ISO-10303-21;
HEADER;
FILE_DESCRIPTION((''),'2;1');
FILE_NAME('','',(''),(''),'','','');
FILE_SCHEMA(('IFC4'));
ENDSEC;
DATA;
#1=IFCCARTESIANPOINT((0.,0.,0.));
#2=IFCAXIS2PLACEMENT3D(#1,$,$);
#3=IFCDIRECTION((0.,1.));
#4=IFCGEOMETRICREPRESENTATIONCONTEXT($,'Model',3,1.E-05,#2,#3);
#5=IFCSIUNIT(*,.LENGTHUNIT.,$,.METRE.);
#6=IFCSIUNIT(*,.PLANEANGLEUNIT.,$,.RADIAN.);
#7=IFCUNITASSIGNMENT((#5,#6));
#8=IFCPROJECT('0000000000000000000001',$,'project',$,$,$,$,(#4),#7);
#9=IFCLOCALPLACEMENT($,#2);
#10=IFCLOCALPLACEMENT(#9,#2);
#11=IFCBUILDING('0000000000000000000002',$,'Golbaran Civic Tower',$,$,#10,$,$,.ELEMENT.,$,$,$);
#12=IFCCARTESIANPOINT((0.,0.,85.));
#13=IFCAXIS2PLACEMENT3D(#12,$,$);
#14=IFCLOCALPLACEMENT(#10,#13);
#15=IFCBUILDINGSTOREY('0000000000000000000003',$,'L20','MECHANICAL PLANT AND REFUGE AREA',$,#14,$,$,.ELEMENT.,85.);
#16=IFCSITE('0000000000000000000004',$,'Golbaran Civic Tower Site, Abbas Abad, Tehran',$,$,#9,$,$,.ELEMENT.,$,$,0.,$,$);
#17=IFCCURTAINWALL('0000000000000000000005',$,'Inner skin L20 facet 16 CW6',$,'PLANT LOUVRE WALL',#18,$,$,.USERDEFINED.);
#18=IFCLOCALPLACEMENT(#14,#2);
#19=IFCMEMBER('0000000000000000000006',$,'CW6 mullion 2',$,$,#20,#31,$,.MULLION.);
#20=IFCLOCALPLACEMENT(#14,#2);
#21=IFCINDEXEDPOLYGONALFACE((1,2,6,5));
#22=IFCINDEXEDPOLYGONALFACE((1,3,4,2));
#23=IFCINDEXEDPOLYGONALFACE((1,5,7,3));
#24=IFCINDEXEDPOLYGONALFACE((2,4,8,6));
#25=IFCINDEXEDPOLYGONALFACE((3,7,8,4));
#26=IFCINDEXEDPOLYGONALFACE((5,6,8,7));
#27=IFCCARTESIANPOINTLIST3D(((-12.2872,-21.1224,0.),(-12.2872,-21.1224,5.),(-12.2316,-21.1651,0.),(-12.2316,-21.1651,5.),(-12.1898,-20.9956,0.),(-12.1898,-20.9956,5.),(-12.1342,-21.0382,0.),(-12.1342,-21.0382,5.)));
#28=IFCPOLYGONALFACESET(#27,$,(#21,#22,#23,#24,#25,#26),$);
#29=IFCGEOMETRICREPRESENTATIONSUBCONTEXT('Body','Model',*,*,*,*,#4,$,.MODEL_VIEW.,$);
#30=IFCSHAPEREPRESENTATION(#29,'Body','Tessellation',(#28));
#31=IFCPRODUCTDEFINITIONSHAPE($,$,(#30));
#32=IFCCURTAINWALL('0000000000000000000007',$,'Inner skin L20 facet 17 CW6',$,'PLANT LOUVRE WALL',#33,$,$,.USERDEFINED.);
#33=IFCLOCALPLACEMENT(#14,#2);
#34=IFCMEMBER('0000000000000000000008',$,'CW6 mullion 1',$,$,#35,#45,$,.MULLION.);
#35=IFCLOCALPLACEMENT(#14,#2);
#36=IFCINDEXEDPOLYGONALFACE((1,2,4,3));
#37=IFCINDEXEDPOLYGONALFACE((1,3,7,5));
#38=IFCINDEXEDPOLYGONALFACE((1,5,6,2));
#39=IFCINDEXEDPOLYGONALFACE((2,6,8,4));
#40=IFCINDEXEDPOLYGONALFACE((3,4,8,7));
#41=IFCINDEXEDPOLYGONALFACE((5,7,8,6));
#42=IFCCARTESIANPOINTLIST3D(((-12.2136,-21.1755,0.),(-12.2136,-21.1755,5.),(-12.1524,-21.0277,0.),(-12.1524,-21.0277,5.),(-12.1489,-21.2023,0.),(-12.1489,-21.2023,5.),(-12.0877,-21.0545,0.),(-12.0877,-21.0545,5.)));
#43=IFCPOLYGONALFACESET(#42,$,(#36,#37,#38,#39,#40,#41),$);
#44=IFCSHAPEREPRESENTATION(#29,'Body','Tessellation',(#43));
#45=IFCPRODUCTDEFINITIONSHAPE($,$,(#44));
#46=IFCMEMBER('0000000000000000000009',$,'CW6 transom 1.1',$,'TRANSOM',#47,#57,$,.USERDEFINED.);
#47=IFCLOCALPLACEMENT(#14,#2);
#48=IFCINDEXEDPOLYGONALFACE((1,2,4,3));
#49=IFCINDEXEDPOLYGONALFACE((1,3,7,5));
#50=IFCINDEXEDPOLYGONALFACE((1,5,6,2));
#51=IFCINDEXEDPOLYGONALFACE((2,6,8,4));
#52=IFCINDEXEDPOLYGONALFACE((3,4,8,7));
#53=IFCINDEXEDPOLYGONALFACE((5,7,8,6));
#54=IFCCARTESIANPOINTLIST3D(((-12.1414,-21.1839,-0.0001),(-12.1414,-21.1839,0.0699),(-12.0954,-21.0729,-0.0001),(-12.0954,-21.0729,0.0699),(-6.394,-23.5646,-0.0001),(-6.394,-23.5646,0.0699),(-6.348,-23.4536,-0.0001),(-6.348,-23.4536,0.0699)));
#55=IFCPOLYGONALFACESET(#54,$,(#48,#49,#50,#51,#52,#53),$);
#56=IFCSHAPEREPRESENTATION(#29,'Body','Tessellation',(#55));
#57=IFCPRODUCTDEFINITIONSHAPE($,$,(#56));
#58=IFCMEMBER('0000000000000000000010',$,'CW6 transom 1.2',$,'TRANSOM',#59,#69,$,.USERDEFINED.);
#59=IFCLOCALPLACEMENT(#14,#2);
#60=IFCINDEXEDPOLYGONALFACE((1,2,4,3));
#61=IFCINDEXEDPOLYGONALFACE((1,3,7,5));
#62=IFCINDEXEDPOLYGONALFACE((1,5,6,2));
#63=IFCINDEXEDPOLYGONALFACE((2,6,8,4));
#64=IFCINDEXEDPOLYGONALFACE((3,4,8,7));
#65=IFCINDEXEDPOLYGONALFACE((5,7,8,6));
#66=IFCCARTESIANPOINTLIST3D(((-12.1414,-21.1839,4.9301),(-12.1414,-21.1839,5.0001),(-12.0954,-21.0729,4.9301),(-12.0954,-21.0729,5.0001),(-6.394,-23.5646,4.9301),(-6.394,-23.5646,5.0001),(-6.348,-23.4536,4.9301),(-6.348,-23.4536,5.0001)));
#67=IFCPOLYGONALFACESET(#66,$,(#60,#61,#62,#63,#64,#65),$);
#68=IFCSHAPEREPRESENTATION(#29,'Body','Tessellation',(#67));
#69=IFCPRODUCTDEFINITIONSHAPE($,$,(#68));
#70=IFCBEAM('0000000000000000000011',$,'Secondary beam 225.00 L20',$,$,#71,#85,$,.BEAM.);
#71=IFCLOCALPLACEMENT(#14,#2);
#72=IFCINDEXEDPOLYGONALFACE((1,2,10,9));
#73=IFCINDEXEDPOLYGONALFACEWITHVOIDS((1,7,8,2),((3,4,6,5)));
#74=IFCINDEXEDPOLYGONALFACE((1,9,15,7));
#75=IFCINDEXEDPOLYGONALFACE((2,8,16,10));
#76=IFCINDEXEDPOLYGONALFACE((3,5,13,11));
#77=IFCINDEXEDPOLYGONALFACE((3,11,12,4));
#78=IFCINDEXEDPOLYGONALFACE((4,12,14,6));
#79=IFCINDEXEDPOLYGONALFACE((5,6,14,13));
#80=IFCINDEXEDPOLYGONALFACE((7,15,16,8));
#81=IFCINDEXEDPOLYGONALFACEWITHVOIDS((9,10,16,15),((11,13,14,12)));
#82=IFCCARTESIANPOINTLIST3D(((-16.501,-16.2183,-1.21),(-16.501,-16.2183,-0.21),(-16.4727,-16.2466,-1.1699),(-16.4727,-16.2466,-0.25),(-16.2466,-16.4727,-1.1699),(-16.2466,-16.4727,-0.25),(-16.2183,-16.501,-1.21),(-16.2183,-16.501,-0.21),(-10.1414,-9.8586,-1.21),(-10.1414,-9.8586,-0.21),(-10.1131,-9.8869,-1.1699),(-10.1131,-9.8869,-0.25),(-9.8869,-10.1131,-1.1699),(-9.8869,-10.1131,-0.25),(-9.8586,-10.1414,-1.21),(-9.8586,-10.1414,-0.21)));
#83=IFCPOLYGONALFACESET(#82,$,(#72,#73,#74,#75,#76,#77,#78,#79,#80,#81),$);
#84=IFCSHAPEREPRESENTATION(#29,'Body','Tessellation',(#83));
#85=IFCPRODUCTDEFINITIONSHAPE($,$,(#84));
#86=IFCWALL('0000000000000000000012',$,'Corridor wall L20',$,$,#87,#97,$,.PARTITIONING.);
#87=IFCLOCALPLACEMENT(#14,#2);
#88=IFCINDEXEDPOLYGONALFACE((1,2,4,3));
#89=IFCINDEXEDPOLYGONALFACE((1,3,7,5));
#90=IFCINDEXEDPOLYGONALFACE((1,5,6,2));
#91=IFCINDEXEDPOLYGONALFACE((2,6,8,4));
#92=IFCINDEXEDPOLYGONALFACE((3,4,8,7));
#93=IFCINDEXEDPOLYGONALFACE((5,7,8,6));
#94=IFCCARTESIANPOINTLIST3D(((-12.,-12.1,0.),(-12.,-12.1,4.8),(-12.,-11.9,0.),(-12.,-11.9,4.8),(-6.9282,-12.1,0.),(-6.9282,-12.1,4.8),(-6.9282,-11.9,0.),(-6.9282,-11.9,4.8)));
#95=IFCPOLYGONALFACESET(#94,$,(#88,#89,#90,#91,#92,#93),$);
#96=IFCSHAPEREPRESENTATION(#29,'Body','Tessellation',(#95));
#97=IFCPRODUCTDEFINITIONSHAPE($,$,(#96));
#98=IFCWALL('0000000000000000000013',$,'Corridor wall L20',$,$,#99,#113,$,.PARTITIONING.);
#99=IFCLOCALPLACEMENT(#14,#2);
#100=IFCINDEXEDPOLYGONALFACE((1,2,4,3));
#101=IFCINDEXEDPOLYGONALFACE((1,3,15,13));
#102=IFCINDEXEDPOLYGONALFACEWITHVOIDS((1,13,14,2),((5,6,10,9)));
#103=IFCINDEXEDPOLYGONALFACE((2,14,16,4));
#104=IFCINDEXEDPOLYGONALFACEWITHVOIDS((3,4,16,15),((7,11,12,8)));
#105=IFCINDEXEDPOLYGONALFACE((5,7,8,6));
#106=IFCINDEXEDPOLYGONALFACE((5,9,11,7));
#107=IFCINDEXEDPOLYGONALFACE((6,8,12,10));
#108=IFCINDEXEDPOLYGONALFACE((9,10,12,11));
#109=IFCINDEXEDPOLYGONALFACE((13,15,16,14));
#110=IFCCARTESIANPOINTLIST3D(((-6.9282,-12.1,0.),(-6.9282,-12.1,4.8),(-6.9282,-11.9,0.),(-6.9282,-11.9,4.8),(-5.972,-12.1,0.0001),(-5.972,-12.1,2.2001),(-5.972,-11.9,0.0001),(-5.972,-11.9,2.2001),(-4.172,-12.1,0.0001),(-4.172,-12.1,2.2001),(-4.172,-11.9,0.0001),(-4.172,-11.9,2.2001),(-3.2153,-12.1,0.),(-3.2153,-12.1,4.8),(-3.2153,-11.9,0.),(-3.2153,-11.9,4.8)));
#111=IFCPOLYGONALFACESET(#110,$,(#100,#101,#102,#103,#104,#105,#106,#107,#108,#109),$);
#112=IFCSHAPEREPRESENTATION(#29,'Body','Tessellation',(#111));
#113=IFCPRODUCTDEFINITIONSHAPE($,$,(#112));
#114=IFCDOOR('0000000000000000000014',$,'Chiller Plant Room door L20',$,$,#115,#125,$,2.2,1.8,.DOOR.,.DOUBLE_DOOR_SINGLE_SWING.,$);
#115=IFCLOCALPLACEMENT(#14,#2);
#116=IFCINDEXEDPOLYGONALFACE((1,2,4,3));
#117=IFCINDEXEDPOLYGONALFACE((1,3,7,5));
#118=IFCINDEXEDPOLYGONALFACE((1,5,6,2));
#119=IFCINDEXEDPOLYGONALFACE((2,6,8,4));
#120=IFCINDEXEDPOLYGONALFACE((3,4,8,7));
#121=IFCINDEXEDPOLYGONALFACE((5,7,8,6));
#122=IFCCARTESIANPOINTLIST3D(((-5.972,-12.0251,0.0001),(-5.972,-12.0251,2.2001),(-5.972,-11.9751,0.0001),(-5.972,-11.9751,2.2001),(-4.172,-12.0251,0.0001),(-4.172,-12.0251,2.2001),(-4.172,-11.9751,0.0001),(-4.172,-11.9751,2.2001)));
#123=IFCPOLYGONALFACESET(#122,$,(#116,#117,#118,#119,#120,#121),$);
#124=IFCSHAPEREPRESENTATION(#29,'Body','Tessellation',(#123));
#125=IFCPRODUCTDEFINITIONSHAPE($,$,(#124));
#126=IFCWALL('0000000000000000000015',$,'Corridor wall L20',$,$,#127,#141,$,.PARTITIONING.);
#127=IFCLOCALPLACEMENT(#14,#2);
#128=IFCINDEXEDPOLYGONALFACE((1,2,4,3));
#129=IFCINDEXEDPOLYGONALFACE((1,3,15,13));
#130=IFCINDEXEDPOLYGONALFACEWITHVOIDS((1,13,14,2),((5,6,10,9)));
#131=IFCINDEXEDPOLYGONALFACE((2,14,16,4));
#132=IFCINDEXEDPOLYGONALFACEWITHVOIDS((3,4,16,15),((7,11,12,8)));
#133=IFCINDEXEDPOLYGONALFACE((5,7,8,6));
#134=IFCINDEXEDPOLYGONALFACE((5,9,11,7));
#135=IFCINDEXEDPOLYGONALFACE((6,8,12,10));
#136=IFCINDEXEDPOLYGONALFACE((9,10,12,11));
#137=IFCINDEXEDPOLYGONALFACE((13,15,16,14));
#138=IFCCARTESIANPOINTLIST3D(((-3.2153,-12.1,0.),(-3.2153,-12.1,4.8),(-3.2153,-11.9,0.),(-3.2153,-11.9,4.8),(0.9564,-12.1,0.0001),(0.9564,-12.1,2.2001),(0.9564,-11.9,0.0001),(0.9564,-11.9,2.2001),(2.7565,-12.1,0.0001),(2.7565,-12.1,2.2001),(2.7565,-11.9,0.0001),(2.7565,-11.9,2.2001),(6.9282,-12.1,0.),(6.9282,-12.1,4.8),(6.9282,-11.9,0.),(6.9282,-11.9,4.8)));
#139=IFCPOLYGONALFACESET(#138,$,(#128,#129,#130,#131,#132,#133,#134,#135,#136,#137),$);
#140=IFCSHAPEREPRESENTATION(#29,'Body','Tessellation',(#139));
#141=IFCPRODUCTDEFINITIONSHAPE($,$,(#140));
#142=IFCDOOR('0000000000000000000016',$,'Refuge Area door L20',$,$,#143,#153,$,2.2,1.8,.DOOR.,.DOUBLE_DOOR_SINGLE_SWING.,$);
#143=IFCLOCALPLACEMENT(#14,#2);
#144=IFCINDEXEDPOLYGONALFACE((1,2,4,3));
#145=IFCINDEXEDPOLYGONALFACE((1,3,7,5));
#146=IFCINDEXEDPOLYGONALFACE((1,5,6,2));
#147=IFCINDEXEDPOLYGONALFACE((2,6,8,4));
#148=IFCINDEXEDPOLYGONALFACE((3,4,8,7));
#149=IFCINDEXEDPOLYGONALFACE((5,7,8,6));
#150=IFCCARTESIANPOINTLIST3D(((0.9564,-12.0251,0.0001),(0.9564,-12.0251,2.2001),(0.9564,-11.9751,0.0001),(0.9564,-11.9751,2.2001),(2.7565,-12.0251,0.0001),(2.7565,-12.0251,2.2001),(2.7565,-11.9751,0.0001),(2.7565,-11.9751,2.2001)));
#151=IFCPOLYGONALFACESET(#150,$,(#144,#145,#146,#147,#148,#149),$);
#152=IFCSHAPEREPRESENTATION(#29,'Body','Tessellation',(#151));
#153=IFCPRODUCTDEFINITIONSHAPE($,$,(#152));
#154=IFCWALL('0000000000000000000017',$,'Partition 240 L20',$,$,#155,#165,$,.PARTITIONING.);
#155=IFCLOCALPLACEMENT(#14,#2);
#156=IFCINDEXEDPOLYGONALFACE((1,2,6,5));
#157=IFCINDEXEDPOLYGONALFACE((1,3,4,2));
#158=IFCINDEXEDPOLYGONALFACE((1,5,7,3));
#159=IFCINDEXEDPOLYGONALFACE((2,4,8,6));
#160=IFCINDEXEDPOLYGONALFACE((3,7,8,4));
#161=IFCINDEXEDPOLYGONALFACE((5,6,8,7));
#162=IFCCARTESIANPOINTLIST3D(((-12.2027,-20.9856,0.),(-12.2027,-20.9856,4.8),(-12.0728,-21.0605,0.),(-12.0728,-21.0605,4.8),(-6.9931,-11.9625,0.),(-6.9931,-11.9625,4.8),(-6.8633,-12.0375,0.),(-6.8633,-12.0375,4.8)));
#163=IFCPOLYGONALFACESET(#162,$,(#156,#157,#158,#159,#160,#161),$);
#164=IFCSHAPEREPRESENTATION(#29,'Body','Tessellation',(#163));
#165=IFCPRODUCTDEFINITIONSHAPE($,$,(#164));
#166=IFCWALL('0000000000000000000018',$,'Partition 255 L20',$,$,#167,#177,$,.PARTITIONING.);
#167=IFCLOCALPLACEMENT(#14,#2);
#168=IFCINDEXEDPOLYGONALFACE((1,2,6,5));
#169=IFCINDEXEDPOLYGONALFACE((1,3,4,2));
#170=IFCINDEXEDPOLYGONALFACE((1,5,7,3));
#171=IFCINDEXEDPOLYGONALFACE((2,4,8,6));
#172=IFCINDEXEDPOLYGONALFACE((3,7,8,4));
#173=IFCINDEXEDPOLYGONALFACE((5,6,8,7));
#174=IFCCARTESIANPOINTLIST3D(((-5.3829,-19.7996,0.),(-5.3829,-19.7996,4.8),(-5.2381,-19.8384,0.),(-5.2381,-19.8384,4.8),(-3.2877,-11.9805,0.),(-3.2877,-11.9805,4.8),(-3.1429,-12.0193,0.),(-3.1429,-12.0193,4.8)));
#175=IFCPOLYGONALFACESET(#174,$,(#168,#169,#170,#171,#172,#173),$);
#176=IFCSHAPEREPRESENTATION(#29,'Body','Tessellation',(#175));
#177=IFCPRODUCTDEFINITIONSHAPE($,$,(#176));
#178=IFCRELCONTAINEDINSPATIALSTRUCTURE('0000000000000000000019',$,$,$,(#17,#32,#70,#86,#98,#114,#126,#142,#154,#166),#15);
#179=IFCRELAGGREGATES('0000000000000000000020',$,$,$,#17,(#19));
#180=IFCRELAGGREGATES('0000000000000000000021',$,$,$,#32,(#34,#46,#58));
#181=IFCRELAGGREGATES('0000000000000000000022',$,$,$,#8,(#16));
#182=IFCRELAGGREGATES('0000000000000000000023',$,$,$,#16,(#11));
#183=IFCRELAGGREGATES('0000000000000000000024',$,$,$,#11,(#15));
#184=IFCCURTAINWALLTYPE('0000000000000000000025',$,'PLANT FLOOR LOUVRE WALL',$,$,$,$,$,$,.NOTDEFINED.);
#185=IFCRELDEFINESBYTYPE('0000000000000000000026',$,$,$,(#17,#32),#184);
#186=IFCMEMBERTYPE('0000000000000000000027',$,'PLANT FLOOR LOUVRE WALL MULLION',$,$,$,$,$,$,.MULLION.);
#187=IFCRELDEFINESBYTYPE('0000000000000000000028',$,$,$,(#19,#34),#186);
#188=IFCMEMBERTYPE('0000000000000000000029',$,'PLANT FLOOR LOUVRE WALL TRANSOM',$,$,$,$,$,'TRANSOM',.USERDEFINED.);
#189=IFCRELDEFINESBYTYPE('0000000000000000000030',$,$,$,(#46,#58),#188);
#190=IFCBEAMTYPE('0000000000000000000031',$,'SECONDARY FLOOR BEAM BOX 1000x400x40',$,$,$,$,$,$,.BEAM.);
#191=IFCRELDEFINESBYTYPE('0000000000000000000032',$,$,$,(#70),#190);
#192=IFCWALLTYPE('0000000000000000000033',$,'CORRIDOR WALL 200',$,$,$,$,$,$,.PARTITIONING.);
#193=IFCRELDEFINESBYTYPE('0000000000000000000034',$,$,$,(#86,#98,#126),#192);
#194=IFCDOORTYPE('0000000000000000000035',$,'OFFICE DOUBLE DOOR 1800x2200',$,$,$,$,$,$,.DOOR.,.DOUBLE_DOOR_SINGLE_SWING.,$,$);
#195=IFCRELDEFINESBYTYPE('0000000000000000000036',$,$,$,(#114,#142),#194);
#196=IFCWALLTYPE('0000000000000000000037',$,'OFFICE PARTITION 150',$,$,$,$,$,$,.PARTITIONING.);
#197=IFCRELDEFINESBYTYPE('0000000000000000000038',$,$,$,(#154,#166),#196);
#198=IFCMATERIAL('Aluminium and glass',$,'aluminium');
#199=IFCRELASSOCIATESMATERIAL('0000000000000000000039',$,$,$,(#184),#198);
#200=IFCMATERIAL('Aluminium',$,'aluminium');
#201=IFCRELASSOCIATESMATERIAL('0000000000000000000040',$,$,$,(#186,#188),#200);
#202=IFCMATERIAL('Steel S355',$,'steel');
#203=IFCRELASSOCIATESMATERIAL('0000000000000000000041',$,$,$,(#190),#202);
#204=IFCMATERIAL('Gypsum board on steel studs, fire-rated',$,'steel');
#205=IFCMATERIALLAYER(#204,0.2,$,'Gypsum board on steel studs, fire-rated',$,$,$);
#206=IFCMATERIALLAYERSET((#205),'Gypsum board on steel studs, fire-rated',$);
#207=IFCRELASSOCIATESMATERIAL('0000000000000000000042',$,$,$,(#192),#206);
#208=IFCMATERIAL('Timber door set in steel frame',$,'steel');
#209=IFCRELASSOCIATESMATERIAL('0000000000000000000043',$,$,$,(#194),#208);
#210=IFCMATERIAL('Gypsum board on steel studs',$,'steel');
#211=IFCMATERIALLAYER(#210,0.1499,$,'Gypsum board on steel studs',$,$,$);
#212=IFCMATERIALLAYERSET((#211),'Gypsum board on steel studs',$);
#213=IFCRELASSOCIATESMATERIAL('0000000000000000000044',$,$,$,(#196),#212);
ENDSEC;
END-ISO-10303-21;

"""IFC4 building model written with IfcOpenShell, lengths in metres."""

from ifc_helpers import new_model, si_unit, direction, frame, frame_2d, origin, origin_2d, place, context, subcontext, project, spatial, rectangle, hollow_rectangle, extrude, material, layer, layer_set, material_profile, profile_set, type_object, element, fill, aggregate, save


model = new_model("IFC4")

# Units and contexts
model_context = context("Model", 3, precision=1e-05, world=origin(), true_north=direction((0.0, 1.0)))
body_context = subcontext(model_context, "Body", "Model", "MODEL_VIEW")
ifc_project = project(units=[si_unit("LENGTHUNIT", "METRE"), si_unit("PLANEANGLEUNIT", "RADIAN")], contexts=[model_context])

# Site, building, storey
site_placement = place(None, origin())
site = spatial("IfcSite", under=ifc_project, at=site_placement, Name="Golbaran Civic Tower Site, Abbas Abad, Tehran", CompositionType="ELEMENT", RefElevation=0.0)
building_placement = place(site_placement, origin())
building = spatial("IfcBuilding", under=site, at=building_placement, Name="Golbaran Civic Tower", CompositionType="ELEMENT")
storey_placement = place(building_placement, frame((0.0, 0.0, 85.0)))
storey = spatial("IfcBuildingStorey", under=building, at=storey_placement, Name="L20", Description="MECHANICAL PLANT AND REFUGE AREA", CompositionType="ELEMENT", Elevation=85.0)

# Shared definitions
ifc_material_1 = material(Name="Steel S355", Category="steel")

# Curtain wall, member
ifc_material_2 = material(Name="Aluminium and glass", Category="aluminium")
curtain_wall_type = type_object("IfcCurtainWallType", Name="PLANT FLOOR LOUVRE WALL", PredefinedType="NOTDEFINED", material=ifc_material_2)
curtain_wall_1_placement = place(storey_placement, origin())
curtain_wall_1 = element("IfcCurtainWall", 1, at=curtain_wall_1_placement, inside=storey, type_object=curtain_wall_type, Name="Inner skin L20 facet 16 CW6", ObjectType="PLANT LOUVRE WALL", PredefinedType="USERDEFINED")
ifc_material_3 = material(Name="Aluminium", Category="aluminium")
ifc_material_profile_1 = material_profile(ifc_material_3, rectangle(XDim=0.1599, YDim=0.0701, at=origin_2d()), Name="PLANT FLOOR LOUVRE WALL MULLION")
ifc_profile_set_1 = profile_set([ifc_material_profile_1], Name="Aluminium")
member_type_1 = type_object("IfcMemberType", Name="PLANT FLOOR LOUVRE WALL MULLION", PredefinedType="MULLION", material=ifc_profile_set_1)
member_1_placement = place(storey_placement, frame((-12.2107, -21.0803, 0.0), z_axis=(0.0, 0.0, 1.0), x_axis=(0.608761, 0.793353, 0.0)))
member_1 = element("IfcMember", 2, at=member_1_placement, type_object=member_type_1, Name="CW6 mullion 2", PredefinedType="MULLION", context=body_context, shape_type="SweptSolid", body=[
    extrude(rectangle(XDim=0.1599, YDim=0.0701, at=origin_2d()), origin(), (0.0, 0.0, 1.0), 5.0),
])
aggregate(curtain_wall_1, [member_1])

# Curtain wall, members
curtain_wall_2_placement = place(storey_placement, origin())
curtain_wall_2 = element("IfcCurtainWall", 3, at=curtain_wall_2_placement, inside=storey, type_object=curtain_wall_type, Name="Inner skin L20 facet 17 CW6", ObjectType="PLANT LOUVRE WALL", PredefinedType="USERDEFINED")
member_2_placement = place(storey_placement, frame((-12.1506, -21.115, 0.0), z_axis=(0.0, 0.0, 1.0), x_axis=(0.382683, 0.92388, 0.0)))
member_2 = element("IfcMember", 4, at=member_2_placement, type_object=member_type_1, Name="CW6 mullion 1", PredefinedType="MULLION", context=body_context, shape_type="SweptSolid", body=[
    extrude(rectangle(XDim=0.1599, YDim=0.0701, at=origin_2d()), origin(), (0.0, 0.0, 1.0), 5.0),
])
ifc_material_profile_2 = material_profile(ifc_material_3, rectangle(XDim=0.1201, YDim=0.0701, at=origin_2d()), Name="PLANT FLOOR LOUVRE WALL TRANSOM")
ifc_profile_set_2 = profile_set([ifc_material_profile_2], Name="Aluminium")
member_type_2 = type_object("IfcMemberType", Name="PLANT FLOOR LOUVRE WALL TRANSOM", ElementType="TRANSOM", PredefinedType="USERDEFINED", material=ifc_profile_set_2)
member_3_placement = place(storey_placement, frame((-12.1184, -21.1284, 0.0349), z_axis=(0.92388, -0.382683, 0.0), x_axis=(0.382683, 0.92388, 0.0)))
member_3 = element("IfcMember", 5, at=member_3_placement, type_object=member_type_2, Name="CW6 transom 1.1", ObjectType="TRANSOM", PredefinedType="USERDEFINED", context=body_context, shape_type="SweptSolid", body=[
    extrude(rectangle(XDim=0.1201, YDim=0.0701, at=origin_2d()), origin(), (0.0, 0.0, 1.0), 6.2209),
])
member_4_placement = place(storey_placement, frame((-12.1184, -21.1284, 4.9651), z_axis=(0.92388, -0.382683, 0.0), x_axis=(0.382683, 0.92388, 0.0)))
member_4 = element("IfcMember", 6, at=member_4_placement, type_object=member_type_2, Name="CW6 transom 1.2", ObjectType="TRANSOM", PredefinedType="USERDEFINED", context=body_context, shape_type="SweptSolid", body=[
    extrude(rectangle(XDim=0.1201, YDim=0.0701, at=origin_2d()), origin(), (0.0, 0.0, 1.0), 6.2209),
])
aggregate(curtain_wall_2, [member_2, member_3, member_4])

# Beam
ifc_material_profile_3 = material_profile(ifc_material_1, hollow_rectangle(XDim=0.3999, YDim=1.0, WallThickness=0.04, at=origin_2d()), Name="BOX 1000x400x40")
ifc_profile_set_3 = profile_set([ifc_material_profile_3], Name="Steel S355")
beam_type_1 = type_object("IfcBeamType", Name="SECONDARY FLOOR BEAM BOX 1000x400x40", PredefinedType="BEAM", material=ifc_profile_set_3)
beam_1_placement = place(storey_placement, frame((-10.0, -10.0, -0.71), z_axis=(-0.707107, -0.707107, 0.0), x_axis=(0.707107, -0.707107, 0.0)))
element("IfcBeam", 7, at=beam_1_placement, inside=storey, type_object=beam_type_1, Name="Secondary beam 225.00 L20", PredefinedType="BEAM", context=body_context, shape_type="SweptSolid", body=[
    extrude(hollow_rectangle(XDim=0.3999, YDim=1.0, WallThickness=0.04, at=origin_2d()), origin(), (0.0, 0.0, 1.0), 8.9939),
])

# Wall
ifc_material_4 = material(Name="Gypsum board on steel studs, fire-rated", Category="steel")
ifc_layer_1 = layer(ifc_material_4, 0.2, Name="Gypsum board on steel studs, fire-rated")
ifc_layer_set_1 = layer_set([ifc_layer_1], Name="Gypsum board on steel studs, fire-rated")
wall_type_1 = type_object("IfcWallType", Name="CORRIDOR WALL 200", PredefinedType="PARTITIONING", material=ifc_layer_set_1)
wall_1_placement = place(storey_placement, frame((-12.0, -12.0, 0.0), z_axis=(0.0, 0.0, 1.0), x_axis=(1.0, 0.0, 0.0)))
element("IfcWall", 8, at=wall_1_placement, inside=storey, type_object=wall_type_1, Name="Corridor wall L20", PredefinedType="PARTITIONING", context=body_context, shape_type="SweptSolid", body=[
    extrude(rectangle(XDim=5.0718, YDim=0.2, at=frame_2d((2.5359, 0.0))), origin(), (0.0, 0.0, 1.0), 4.8),
])

# Walls, openings, doors
wall_2_placement = place(storey_placement, frame((-6.9282, -12.0, 0.0), z_axis=(0.0, 0.0, 1.0), x_axis=(1.0, 0.0, 0.0)))
wall_2 = element("IfcWall", 9, at=wall_2_placement, inside=storey, type_object=wall_type_1, Name="Corridor wall L20", PredefinedType="PARTITIONING", context=body_context, shape_type="SweptSolid", body=[
    extrude(rectangle(XDim=3.7129, YDim=0.2, at=frame_2d((1.8564, 0.0))), origin(), (0.0, 0.0, 1.0), 4.8),
])
opening_1_placement = place(wall_2_placement, frame((0.9563, 0.0, 0.0)))
opening_1 = element("IfcOpeningElement", 10, at=opening_1_placement, cuts=wall_2, PredefinedType="OPENING", context=body_context, shape_type="SweptSolid", body=[
    extrude(rectangle(XDim=1.8, YDim=2.2, at=frame_2d((0.8999, 1.1001))), frame((0.0, 0.1099, 0.0), z_axis=(0.0, -1.0, 0.0), x_axis=(1.0, 0.0, 0.0)), (0.0, 0.0, 1.0), 0.22),
])
ifc_material_5 = material(Name="Timber door set in steel frame", Category="steel")
door_type = type_object("IfcDoorType", Name="OFFICE DOUBLE DOOR 1800x2200", OperationType="DOUBLE_DOOR_SINGLE_SWING", PredefinedType="DOOR", material=ifc_material_5)
door_1_placement = place(opening_1_placement, origin())
door_1 = element("IfcDoor", 11, at=door_1_placement, inside=storey, type_object=door_type, Name="Chiller Plant Room door L20", OperationType="DOUBLE_DOOR_SINGLE_SWING", OverallHeight=2.2, OverallWidth=1.8, PredefinedType="DOOR", context=body_context, shape_type="SweptSolid", body=[
    extrude(rectangle(XDim=1.8, YDim=2.2, at=frame_2d((0.8999, 1.1001))), frame((0.0, 0.0249, 0.0), z_axis=(0.0, -1.0, 0.0), x_axis=(1.0, 0.0, 0.0)), (0.0, 0.0, 1.0), 0.05),
])
fill(opening_1, door_1)
wall_3_placement = place(storey_placement, frame((-3.2153, -12.0, 0.0), z_axis=(0.0, 0.0, 1.0), x_axis=(1.0, 0.0, 0.0)))
wall_3 = element("IfcWall", 12, at=wall_3_placement, inside=storey, type_object=wall_type_1, Name="Corridor wall L20", PredefinedType="PARTITIONING", context=body_context, shape_type="SweptSolid", body=[
    extrude(rectangle(XDim=10.1436, YDim=0.2, at=frame_2d((5.0718, 0.0))), origin(), (0.0, 0.0, 1.0), 4.8),
])
opening_2_placement = place(wall_3_placement, frame((4.1719, 0.0, 0.0)))
opening_2 = element("IfcOpeningElement", 13, at=opening_2_placement, cuts=wall_3, PredefinedType="OPENING", context=body_context, shape_type="SweptSolid", body=[
    extrude(rectangle(XDim=1.8, YDim=2.2, at=frame_2d((0.8999, 1.1001))), frame((0.0, 0.1099, 0.0), z_axis=(0.0, -1.0, 0.0), x_axis=(1.0, 0.0, 0.0)), (0.0, 0.0, 1.0), 0.22),
])
door_2_placement = place(opening_2_placement, origin())
door_2 = element("IfcDoor", 14, at=door_2_placement, inside=storey, type_object=door_type, Name="Refuge Area door L20", OperationType="DOUBLE_DOOR_SINGLE_SWING", OverallHeight=2.2, OverallWidth=1.8, PredefinedType="DOOR", context=body_context, shape_type="SweptSolid", body=[
    extrude(rectangle(XDim=1.8, YDim=2.2, at=frame_2d((0.8999, 1.1001))), frame((0.0, 0.0249, 0.0), z_axis=(0.0, -1.0, 0.0), x_axis=(1.0, 0.0, 0.0)), (0.0, 0.0, 1.0), 0.05),
])
fill(opening_2, door_2)

# Walls
ifc_material_6 = material(Name="Gypsum board on steel studs", Category="steel")
ifc_layer_2 = layer(ifc_material_6, 0.1499, Name="Gypsum board on steel studs")
ifc_layer_set_2 = layer_set([ifc_layer_2], Name="Gypsum board on steel studs")
wall_type_2 = type_object("IfcWallType", Name="OFFICE PARTITION 150", PredefinedType="PARTITIONING", material=ifc_layer_set_2)
wall_4_placement = place(storey_placement, frame((-6.9282, -12.0, 0.0), z_axis=(0.0, 0.0, 1.0), x_axis=(-0.500005, -0.866022, 0.0)))
element("IfcWall", 15, at=wall_4_placement, inside=storey, type_object=wall_type_2, Name="Partition 240 L20", PredefinedType="PARTITIONING", context=body_context, shape_type="SweptSolid", body=[
    extrude(rectangle(XDim=10.4189, YDim=0.1499, at=frame_2d((5.2095, 0.0))), origin(), (0.0, 0.0, 1.0), 4.8),
])
wall_5_placement = place(storey_placement, frame((-3.2153, -12.0, 0.0), z_axis=(0.0, 0.0, 1.0), x_axis=(-0.25883, -0.965923, 0.0)))
element("IfcWall", 16, at=wall_5_placement, inside=storey, type_object=wall_type_2, Name="Partition 255 L20", PredefinedType="PARTITIONING", context=body_context, shape_type="SweptSolid", body=[
    extrude(rectangle(XDim=8.095, YDim=0.1499, at=frame_2d((4.0474, 0.0))), origin(), (0.0, 0.0, 1.0), 4.8),
])

save(model, "model.ifc")
